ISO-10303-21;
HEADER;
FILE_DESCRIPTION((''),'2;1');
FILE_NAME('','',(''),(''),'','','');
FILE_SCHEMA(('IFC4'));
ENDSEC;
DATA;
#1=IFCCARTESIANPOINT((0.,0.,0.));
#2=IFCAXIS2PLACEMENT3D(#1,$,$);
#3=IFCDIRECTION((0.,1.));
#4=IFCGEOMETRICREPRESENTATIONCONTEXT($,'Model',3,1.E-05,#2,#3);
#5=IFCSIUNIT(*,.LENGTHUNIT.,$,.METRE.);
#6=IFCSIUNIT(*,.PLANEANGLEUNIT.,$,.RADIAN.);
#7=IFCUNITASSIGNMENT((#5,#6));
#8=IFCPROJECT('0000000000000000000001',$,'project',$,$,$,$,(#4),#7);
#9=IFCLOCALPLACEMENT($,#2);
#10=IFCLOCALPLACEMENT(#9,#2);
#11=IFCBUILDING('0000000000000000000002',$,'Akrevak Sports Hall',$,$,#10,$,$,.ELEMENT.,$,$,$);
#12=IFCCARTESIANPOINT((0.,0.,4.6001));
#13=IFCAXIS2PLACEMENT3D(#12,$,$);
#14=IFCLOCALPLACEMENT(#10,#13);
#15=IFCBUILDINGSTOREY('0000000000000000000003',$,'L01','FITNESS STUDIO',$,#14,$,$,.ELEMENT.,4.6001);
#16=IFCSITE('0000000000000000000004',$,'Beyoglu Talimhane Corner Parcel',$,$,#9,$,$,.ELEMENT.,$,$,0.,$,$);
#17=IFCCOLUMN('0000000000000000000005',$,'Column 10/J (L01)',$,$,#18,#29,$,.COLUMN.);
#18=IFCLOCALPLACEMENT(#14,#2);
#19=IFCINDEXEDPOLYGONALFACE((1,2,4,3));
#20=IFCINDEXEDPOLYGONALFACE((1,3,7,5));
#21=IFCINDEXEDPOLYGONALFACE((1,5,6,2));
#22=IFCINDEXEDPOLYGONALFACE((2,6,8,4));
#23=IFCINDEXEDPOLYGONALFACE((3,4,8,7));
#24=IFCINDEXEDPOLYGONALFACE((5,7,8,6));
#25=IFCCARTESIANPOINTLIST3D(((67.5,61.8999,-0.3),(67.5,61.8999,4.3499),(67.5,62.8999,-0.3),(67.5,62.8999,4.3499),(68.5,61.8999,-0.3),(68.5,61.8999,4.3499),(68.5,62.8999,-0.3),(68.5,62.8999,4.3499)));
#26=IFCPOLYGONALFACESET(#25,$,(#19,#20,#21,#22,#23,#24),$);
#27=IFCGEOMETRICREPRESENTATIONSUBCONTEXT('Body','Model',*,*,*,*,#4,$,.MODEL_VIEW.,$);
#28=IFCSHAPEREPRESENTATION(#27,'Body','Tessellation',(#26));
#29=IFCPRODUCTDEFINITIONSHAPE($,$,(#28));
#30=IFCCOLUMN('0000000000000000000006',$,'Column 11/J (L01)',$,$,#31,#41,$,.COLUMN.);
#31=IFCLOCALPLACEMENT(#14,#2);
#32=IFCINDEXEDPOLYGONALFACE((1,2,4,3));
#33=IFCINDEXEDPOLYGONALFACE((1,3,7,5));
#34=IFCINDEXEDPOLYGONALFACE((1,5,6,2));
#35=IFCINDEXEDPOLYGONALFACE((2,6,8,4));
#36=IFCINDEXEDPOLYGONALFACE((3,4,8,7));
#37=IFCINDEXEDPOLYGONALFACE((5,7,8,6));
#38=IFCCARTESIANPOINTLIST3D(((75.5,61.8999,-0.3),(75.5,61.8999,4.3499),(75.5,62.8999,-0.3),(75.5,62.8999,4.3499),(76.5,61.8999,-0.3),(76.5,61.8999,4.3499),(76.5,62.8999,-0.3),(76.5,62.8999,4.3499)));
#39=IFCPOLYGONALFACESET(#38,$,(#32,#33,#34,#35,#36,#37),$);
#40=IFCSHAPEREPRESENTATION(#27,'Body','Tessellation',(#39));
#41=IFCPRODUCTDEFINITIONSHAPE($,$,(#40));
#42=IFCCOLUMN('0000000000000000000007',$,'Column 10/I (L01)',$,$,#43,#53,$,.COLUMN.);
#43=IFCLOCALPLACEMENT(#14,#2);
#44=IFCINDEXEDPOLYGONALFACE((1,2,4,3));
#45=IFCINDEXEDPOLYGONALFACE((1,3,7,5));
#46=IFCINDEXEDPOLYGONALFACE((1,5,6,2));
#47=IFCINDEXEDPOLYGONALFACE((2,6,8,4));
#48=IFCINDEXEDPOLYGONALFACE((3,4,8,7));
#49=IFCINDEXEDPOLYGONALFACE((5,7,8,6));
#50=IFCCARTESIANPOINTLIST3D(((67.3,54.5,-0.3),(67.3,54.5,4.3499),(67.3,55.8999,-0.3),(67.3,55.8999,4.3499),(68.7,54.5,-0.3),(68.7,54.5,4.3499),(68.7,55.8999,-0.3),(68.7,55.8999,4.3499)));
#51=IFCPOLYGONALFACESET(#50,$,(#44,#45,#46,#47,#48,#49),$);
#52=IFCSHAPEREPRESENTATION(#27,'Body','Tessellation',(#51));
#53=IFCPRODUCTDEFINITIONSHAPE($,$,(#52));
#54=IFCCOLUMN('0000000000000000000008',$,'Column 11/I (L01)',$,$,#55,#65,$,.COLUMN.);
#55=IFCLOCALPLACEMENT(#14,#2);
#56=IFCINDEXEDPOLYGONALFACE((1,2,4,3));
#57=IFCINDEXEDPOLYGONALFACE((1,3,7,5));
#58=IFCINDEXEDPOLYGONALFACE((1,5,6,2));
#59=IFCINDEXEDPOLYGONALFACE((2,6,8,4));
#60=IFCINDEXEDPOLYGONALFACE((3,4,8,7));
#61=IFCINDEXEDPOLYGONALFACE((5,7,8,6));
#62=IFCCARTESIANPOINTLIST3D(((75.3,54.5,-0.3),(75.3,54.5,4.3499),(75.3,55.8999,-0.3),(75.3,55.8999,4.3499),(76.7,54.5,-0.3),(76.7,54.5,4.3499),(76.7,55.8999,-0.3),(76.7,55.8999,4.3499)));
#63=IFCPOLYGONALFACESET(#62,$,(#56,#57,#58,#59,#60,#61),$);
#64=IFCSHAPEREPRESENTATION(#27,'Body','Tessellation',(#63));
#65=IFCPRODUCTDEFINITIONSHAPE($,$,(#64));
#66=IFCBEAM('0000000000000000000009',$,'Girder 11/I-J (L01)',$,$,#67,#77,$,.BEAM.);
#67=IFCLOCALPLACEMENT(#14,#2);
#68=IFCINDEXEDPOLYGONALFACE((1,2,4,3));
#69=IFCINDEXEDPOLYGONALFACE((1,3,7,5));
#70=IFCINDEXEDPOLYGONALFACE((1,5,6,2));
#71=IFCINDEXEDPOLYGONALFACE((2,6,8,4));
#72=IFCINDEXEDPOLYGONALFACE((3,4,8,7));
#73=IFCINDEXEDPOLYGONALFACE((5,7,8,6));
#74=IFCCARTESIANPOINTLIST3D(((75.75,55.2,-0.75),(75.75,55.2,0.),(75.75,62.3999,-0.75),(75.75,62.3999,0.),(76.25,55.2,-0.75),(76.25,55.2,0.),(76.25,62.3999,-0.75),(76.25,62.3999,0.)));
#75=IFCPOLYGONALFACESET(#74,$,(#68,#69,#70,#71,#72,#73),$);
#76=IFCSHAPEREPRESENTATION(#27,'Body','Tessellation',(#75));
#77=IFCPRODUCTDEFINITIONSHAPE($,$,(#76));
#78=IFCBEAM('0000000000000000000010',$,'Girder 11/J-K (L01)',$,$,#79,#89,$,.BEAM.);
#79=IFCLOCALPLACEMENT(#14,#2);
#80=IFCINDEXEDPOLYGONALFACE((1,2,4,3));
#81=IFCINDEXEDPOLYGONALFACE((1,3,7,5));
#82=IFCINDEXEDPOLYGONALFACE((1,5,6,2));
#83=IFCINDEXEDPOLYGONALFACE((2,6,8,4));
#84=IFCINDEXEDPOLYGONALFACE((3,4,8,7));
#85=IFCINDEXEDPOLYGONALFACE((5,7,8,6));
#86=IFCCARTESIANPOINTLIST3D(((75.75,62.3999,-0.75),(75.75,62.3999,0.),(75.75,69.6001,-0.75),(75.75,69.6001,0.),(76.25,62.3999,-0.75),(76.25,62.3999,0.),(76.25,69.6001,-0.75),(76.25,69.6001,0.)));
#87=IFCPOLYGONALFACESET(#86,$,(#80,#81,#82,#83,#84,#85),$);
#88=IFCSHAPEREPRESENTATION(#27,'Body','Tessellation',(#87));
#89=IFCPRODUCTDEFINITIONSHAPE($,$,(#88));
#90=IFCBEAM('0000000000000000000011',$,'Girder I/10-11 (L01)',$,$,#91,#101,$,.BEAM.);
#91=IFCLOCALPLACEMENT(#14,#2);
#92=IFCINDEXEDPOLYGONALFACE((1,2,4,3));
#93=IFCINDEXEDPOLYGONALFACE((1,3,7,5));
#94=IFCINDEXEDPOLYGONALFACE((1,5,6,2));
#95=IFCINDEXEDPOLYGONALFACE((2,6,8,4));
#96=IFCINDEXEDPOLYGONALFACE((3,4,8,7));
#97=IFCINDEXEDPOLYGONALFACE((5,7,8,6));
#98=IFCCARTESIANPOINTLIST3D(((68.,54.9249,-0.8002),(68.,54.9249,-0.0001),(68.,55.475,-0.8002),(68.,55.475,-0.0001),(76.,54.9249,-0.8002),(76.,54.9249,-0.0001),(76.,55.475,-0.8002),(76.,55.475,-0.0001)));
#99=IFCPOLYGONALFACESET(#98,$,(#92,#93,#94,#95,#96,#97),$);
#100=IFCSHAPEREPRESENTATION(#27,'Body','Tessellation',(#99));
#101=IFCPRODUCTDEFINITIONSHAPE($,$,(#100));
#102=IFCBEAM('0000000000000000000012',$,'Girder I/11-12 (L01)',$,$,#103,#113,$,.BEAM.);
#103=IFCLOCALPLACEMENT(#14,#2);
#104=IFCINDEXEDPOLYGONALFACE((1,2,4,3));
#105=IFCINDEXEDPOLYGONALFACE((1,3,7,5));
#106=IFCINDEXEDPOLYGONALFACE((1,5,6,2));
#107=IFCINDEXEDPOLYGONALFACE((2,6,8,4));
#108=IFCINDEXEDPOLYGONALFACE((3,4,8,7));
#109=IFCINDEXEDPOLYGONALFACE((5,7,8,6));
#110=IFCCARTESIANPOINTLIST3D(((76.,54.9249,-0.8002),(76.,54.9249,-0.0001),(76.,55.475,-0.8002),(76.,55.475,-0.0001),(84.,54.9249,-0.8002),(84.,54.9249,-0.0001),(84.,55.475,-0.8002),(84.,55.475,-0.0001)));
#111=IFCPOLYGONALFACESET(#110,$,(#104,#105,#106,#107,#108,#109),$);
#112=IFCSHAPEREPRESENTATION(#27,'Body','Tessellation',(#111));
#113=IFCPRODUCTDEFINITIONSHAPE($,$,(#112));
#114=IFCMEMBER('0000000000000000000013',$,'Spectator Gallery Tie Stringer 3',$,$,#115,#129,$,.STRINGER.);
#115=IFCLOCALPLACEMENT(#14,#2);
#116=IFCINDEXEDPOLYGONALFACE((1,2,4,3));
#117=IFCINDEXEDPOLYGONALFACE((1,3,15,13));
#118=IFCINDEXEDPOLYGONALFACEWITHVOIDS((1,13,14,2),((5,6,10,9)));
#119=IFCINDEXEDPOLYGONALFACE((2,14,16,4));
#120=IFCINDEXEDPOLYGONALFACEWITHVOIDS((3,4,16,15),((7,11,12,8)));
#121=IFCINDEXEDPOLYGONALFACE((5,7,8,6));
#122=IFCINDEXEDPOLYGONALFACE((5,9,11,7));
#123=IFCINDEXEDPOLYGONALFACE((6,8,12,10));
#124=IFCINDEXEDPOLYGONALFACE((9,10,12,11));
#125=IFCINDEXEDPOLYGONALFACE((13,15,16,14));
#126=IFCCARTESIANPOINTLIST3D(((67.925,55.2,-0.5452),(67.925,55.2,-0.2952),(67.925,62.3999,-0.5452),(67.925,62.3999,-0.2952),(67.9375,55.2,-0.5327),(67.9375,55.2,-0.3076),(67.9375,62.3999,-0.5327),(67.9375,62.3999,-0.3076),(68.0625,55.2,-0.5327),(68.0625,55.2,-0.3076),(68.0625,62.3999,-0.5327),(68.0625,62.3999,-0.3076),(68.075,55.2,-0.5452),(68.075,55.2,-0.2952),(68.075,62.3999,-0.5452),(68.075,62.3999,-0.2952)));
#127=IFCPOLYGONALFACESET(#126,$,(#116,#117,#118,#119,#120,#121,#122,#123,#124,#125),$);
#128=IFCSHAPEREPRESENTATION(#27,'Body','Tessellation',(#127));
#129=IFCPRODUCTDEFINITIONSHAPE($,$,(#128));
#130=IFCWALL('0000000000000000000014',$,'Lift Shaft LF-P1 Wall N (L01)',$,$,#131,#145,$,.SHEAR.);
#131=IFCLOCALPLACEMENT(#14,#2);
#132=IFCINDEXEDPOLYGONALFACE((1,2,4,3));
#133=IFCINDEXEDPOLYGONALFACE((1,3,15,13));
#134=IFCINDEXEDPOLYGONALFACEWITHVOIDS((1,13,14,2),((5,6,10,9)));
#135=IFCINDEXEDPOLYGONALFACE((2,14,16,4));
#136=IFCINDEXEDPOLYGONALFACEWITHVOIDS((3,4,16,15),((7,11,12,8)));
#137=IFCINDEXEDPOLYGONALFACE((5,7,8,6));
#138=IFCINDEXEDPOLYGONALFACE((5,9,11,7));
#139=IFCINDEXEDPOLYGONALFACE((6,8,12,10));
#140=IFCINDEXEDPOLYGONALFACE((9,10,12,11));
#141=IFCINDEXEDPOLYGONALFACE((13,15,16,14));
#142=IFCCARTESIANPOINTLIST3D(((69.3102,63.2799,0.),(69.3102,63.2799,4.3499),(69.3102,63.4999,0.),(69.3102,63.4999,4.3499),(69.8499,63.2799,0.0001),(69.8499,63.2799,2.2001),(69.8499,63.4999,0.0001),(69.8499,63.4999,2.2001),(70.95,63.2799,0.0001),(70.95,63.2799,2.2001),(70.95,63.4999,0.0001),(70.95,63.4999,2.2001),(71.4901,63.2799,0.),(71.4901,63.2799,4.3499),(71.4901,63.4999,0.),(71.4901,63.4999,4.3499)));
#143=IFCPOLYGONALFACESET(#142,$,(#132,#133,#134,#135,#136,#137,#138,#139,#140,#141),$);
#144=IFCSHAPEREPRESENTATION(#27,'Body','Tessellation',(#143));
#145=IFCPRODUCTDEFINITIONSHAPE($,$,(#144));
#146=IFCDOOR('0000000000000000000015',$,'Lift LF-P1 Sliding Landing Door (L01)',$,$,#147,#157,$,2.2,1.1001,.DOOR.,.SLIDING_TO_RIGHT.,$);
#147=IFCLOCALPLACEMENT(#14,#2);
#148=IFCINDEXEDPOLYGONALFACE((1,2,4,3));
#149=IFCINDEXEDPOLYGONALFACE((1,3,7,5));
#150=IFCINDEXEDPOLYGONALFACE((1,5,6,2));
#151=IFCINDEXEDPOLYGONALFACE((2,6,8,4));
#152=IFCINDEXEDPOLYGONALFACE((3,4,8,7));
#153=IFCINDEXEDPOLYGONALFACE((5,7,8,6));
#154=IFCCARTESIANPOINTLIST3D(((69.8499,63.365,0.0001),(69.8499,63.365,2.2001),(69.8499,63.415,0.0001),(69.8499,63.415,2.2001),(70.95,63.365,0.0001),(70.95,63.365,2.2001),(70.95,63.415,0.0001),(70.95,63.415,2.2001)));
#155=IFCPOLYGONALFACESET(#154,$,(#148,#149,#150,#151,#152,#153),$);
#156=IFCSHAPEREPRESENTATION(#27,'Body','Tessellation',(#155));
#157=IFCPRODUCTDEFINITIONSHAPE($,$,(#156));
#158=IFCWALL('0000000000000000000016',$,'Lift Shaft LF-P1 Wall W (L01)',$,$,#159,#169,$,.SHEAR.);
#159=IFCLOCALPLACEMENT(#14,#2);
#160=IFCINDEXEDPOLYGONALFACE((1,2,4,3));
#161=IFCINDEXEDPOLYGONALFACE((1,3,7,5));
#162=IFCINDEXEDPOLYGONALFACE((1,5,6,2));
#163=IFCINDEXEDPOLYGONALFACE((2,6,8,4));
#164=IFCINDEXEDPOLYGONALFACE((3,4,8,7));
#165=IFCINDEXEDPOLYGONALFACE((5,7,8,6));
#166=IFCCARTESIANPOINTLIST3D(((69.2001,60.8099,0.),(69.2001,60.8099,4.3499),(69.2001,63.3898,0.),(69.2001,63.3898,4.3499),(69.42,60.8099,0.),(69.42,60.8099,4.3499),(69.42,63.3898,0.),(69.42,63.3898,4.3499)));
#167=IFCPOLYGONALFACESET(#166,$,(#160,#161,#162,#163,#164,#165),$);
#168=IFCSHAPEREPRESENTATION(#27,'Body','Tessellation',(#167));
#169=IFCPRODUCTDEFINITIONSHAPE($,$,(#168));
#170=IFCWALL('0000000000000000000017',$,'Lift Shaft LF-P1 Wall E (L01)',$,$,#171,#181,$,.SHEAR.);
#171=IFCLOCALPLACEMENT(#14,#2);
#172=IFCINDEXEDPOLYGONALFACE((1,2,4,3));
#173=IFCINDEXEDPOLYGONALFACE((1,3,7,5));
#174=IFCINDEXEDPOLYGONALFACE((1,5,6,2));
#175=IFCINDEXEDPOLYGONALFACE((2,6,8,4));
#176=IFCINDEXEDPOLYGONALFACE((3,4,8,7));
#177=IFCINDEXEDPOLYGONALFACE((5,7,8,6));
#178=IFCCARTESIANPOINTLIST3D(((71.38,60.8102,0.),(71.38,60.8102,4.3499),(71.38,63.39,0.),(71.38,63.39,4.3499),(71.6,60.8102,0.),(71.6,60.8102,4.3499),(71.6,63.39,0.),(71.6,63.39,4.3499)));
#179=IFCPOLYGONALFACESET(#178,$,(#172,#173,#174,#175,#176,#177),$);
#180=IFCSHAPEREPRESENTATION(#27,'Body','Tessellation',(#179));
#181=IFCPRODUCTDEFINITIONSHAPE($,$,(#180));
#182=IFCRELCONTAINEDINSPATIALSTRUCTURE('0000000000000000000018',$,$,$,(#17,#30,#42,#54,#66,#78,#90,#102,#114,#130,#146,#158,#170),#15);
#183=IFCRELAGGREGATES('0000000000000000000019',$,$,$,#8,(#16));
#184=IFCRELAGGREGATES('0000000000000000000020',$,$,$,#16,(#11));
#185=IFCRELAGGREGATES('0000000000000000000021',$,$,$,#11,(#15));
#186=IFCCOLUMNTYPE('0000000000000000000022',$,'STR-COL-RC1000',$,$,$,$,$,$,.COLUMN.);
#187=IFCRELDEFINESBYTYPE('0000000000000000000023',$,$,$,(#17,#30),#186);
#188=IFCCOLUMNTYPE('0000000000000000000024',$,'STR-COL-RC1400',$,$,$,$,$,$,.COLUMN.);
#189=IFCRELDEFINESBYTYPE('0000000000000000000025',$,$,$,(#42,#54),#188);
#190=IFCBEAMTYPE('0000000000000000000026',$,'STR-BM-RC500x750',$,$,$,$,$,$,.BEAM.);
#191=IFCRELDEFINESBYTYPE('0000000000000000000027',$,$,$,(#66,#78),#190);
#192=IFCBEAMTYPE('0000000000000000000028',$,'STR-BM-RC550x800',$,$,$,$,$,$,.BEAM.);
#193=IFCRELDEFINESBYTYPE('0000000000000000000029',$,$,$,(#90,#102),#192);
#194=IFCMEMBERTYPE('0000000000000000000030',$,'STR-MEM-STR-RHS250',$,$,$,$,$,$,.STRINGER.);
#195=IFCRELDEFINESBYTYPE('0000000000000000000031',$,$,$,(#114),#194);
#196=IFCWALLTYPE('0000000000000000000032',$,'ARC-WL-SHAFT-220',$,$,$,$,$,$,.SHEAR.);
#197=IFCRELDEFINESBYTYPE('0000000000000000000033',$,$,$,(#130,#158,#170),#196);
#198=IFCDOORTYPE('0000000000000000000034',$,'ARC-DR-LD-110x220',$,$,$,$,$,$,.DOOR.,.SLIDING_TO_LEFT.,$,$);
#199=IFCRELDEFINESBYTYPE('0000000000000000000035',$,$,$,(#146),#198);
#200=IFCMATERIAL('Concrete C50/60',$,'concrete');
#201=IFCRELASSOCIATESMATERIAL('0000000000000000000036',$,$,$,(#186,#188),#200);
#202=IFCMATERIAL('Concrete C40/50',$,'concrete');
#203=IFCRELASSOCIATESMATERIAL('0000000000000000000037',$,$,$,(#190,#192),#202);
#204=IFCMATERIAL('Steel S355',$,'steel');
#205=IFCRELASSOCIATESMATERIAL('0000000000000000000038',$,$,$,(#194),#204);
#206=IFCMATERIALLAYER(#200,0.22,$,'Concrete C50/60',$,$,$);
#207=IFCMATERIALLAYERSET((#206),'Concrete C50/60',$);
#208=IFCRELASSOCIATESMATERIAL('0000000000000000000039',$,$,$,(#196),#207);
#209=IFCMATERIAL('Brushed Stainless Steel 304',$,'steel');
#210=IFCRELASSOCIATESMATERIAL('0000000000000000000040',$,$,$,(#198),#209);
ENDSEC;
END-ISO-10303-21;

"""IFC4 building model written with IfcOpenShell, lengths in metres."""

from ifc_helpers import new_model, si_unit, direction, frame, frame_2d, origin, origin_2d, place, context, subcontext, project, spatial, rectangle, hollow_rectangle, extrude, material, layer, layer_set, material_profile, profile_set, type_object, element, fill, save


model = new_model("IFC4")

# Units and contexts
model_context = context("Model", 3, precision=1e-05, world=origin(), true_north=direction((0.0, 1.0)))
body_context = subcontext(model_context, "Body", "Model", "MODEL_VIEW")
ifc_project = project(units=[si_unit("LENGTHUNIT", "METRE"), si_unit("PLANEANGLEUNIT", "RADIAN")], contexts=[model_context])

# Site, building, storey
site_placement = place(None, origin())
site = spatial("IfcSite", under=ifc_project, at=site_placement, Name="Beyoglu Talimhane Corner Parcel", CompositionType="ELEMENT", RefElevation=0.0)
building_placement = place(site_placement, origin())
building = spatial("IfcBuilding", under=site, at=building_placement, Name="Akrevak Sports Hall", CompositionType="ELEMENT")
storey_placement = place(building_placement, frame((0.0, 0.0, 4.6001)))
storey = spatial("IfcBuildingStorey", under=building, at=storey_placement, Name="L01", Description="FITNESS STUDIO", CompositionType="ELEMENT", Elevation=4.6001)

# Columns
ifc_material_1 = material(Name="Concrete C50/60", Category="concrete")
ifc_material_profile_1 = material_profile(ifc_material_1, rectangle(XDim=1.0, YDim=1.0, at=origin_2d()), Name="RC 1000x1000", Category="concrete")
ifc_profile_set_1 = profile_set([ifc_material_profile_1], Name="Concrete C50/60")
column_type_1 = type_object("IfcColumnType", Name="STR-COL-RC1000", PredefinedType="COLUMN", material=ifc_profile_set_1)
for number, where, z_axis, x_axis, name in (
    (1, (68.0, 62.3999, -0.3), (0.0, 0.0, 1.0), (1.0, 0.0, 0.0), "Column 10/J (L01)"),
    (2, (76.0, 62.3999, -0.3), (0.0, 0.0, 1.0), (1.0, 0.0, 0.0), "Column 11/J (L01)"),
):
    element("IfcColumn", number, at=place(storey_placement, frame(where, z_axis=z_axis, x_axis=x_axis)), inside=storey, type_object=column_type_1, Name=name, PredefinedType="COLUMN", context=body_context, shape_type="SweptSolid", body=[
        extrude(rectangle(XDim=1.0, YDim=1.0, at=origin_2d()), origin(), (0.0, 0.0, 1.0), 4.6499),
    ])
ifc_material_profile_2 = material_profile(ifc_material_1, rectangle(XDim=1.3999, YDim=1.3999, at=origin_2d()), Name="RC 1400x1400", Category="concrete")
ifc_profile_set_2 = profile_set([ifc_material_profile_2], Name="Concrete C50/60")
column_type_2 = type_object("IfcColumnType", Name="STR-COL-RC1400", PredefinedType="COLUMN", material=ifc_profile_set_2)
for number, where, z_axis, x_axis, name in (
    (3, (68.0, 55.2, -0.3), (0.0, 0.0, 1.0), (1.0, 0.0, 0.0), "Column 10/I (L01)"),
    (4, (76.0, 55.2, -0.3), (0.0, 0.0, 1.0), (1.0, 0.0, 0.0), "Column 11/I (L01)"),
):
    element("IfcColumn", number, at=place(storey_placement, frame(where, z_axis=z_axis, x_axis=x_axis)), inside=storey, type_object=column_type_2, Name=name, PredefinedType="COLUMN", context=body_context, shape_type="SweptSolid", body=[
        extrude(rectangle(XDim=1.3999, YDim=1.3999, at=origin_2d()), origin(), (0.0, 0.0, 1.0), 4.6499),
    ])

# Beams
ifc_material_2 = material(Name="Concrete C40/50", Category="concrete")
ifc_material_profile_3 = material_profile(ifc_material_2, rectangle(XDim=0.5, YDim=0.75, at=origin_2d()), Name="BM 500x750", Category="concrete")
ifc_profile_set_3 = profile_set([ifc_material_profile_3], Name="Concrete C40/50")
beam_type_1 = type_object("IfcBeamType", Name="STR-BM-RC500x750", PredefinedType="BEAM", material=ifc_profile_set_3)
beam_1_placement = place(storey_placement, frame((76.0, 55.2, -0.375), z_axis=(0.0, 1.0, 0.0), x_axis=(-1.0, 0.0, 0.0)))
element("IfcBeam", 5, at=beam_1_placement, inside=storey, type_object=beam_type_1, Name="Girder 11/I-J (L01)", PredefinedType="BEAM", context=body_context, shape_type="SweptSolid", body=[
    extrude(rectangle(XDim=0.5, YDim=0.75, at=origin_2d()), origin(), (0.0, 0.0, 1.0), 7.2),
])
beam_2_placement = place(storey_placement, frame((76.0, 62.3999, -0.375), z_axis=(0.0, 1.0, 0.0), x_axis=(-1.0, 0.0, 0.0)))
element("IfcBeam", 6, at=beam_2_placement, inside=storey, type_object=beam_type_1, Name="Girder 11/J-K (L01)", PredefinedType="BEAM", context=body_context, shape_type="SweptSolid", body=[
    extrude(rectangle(XDim=0.5, YDim=0.75, at=origin_2d()), origin(), (0.0, 0.0, 1.0), 7.2002),
])
ifc_material_profile_4 = material_profile(ifc_material_2, rectangle(XDim=0.55, YDim=0.8, at=origin_2d()), Name="BM 550x800", Category="concrete")
ifc_profile_set_4 = profile_set([ifc_material_profile_4], Name="Concrete C40/50")
beam_type_2 = type_object("IfcBeamType", Name="STR-BM-RC550x800", PredefinedType="BEAM", material=ifc_profile_set_4)
for number, where, z_axis, x_axis, name in (
    (7, (68.0, 55.2, -0.4001), (1.0, 0.0, 0.0), (0.0, 1.0, 0.0), "Girder I/10-11 (L01)"),
    (8, (76.0, 55.2, -0.4001), (1.0, 0.0, 0.0), (0.0, 1.0, 0.0), "Girder I/11-12 (L01)"),
):
    element("IfcBeam", number, at=place(storey_placement, frame(where, z_axis=z_axis, x_axis=x_axis)), inside=storey, type_object=beam_type_2, Name=name, PredefinedType="BEAM", context=body_context, shape_type="SweptSolid", body=[
        extrude(rectangle(XDim=0.55, YDim=0.8, at=origin_2d()), origin(), (0.0, 0.0, 1.0), 8.0),
    ])

# Member
ifc_material_3 = material(Name="Steel S355", Category="steel")
ifc_material_profile_5 = material_profile(ifc_material_3, hollow_rectangle(XDim=0.1499, YDim=0.25, WallThickness=0.0125, at=origin_2d()), Name="RHS 250x150x12.5", Category="steel")
ifc_profile_set_5 = profile_set([ifc_material_profile_5], Name="Steel S355")
member_type = type_object("IfcMemberType", Name="STR-MEM-STR-RHS250", PredefinedType="STRINGER", material=ifc_profile_set_5)
member_placement = place(storey_placement, frame((68.0, 55.2, -0.4202), z_axis=(0.0, 1.0, 0.0), x_axis=(-1.0, 0.0, 0.0)))
element("IfcMember", 9, at=member_placement, inside=storey, type_object=member_type, Name="Spectator Gallery Tie Stringer 3", PredefinedType="STRINGER", context=body_context, shape_type="SweptSolid", body=[
    extrude(hollow_rectangle(XDim=0.1499, YDim=0.25, WallThickness=0.0125, at=origin_2d()), origin(), (0.0, 0.0, 1.0), 7.2),
])

# Shared definitions
ifc_layer_1 = layer(ifc_material_1, 0.22, Name="Concrete C50/60")
ifc_layer_set_1 = layer_set([ifc_layer_1], Name="Concrete C50/60")
wall_type_1 = type_object("IfcWallType", Name="ARC-WL-SHAFT-220", PredefinedType="SHEAR", material=ifc_layer_set_1)

# Wall, opening, door
wall_1_placement = place(storey_placement, frame((71.49, 63.3899, 0.0), z_axis=(0.0, 0.0, 1.0), x_axis=(-1.0, 0.0, 0.0)))
wall_1 = element("IfcWall", 10, at=wall_1_placement, inside=storey, type_object=wall_type_1, Name="Lift Shaft LF-P1 Wall N (L01)", PredefinedType="SHEAR", context=body_context, shape_type="SweptSolid", body=[
    extrude(rectangle(XDim=2.1799, YDim=0.22, at=frame_2d((1.0898, 0.0))), origin(), (0.0, 0.0, 1.0), 4.3499),
])
opening_1_placement = place(wall_1_placement, frame((0.54, 0.0, 0.0)))
opening_1 = element("IfcOpeningElement", 11, at=opening_1_placement, cuts=wall_1, PredefinedType="OPENING", context=body_context, shape_type="SweptSolid", body=[
    extrude(rectangle(XDim=1.1001, YDim=2.2, at=frame_2d((0.55, 1.1001))), frame((0.0, 0.1221, 0.0), z_axis=(0.0, -1.0, 0.0), x_axis=(1.0, 0.0, 0.0)), (0.0, 0.0, 1.0), 0.2439),
])
ifc_material_4 = material(Name="Brushed Stainless Steel 304", Category="steel")
door_type = type_object("IfcDoorType", Name="ARC-DR-LD-110x220", OperationType="SLIDING_TO_LEFT", PredefinedType="DOOR", material=ifc_material_4)
door_1_placement = place(opening_1_placement, origin())
door_1 = element("IfcDoor", 12, at=door_1_placement, inside=storey, type_object=door_type, Name="Lift LF-P1 Sliding Landing Door (L01)", OperationType="SLIDING_TO_RIGHT", OverallHeight=2.2, OverallWidth=1.1001, PredefinedType="DOOR", context=body_context, shape_type="SweptSolid", body=[
    extrude(rectangle(XDim=1.1001, YDim=2.2, at=frame_2d((0.55, 1.1001))), frame((0.0, 0.0249, 0.0), z_axis=(0.0, -1.0, 0.0), x_axis=(1.0, 0.0, 0.0)), (0.0, 0.0, 1.0), 0.05),
])
fill(opening_1, door_1)

# Walls
for number, where, z_axis, x_axis, name in (
    (13, (69.3101, 63.3899, 0.0), (0.0, 0.0, 1.0), (0.0, -1.0, 0.0), "Lift Shaft LF-P1 Wall W (L01)"),
    (14, (71.49, 60.8101, 0.0), (0.0, 0.0, 1.0), (0.0, 1.0, 0.0), "Lift Shaft LF-P1 Wall E (L01)"),
):
    element("IfcWall", number, at=place(storey_placement, frame(where, z_axis=z_axis, x_axis=x_axis)), inside=storey, type_object=wall_type_1, Name=name, PredefinedType="SHEAR", context=body_context, shape_type="SweptSolid", body=[
        extrude(rectangle(XDim=2.5798, YDim=0.22, at=frame_2d((1.29, 0.0))), origin(), (0.0, 0.0, 1.0), 4.3499),
    ])

save(model, "model.ifc")
